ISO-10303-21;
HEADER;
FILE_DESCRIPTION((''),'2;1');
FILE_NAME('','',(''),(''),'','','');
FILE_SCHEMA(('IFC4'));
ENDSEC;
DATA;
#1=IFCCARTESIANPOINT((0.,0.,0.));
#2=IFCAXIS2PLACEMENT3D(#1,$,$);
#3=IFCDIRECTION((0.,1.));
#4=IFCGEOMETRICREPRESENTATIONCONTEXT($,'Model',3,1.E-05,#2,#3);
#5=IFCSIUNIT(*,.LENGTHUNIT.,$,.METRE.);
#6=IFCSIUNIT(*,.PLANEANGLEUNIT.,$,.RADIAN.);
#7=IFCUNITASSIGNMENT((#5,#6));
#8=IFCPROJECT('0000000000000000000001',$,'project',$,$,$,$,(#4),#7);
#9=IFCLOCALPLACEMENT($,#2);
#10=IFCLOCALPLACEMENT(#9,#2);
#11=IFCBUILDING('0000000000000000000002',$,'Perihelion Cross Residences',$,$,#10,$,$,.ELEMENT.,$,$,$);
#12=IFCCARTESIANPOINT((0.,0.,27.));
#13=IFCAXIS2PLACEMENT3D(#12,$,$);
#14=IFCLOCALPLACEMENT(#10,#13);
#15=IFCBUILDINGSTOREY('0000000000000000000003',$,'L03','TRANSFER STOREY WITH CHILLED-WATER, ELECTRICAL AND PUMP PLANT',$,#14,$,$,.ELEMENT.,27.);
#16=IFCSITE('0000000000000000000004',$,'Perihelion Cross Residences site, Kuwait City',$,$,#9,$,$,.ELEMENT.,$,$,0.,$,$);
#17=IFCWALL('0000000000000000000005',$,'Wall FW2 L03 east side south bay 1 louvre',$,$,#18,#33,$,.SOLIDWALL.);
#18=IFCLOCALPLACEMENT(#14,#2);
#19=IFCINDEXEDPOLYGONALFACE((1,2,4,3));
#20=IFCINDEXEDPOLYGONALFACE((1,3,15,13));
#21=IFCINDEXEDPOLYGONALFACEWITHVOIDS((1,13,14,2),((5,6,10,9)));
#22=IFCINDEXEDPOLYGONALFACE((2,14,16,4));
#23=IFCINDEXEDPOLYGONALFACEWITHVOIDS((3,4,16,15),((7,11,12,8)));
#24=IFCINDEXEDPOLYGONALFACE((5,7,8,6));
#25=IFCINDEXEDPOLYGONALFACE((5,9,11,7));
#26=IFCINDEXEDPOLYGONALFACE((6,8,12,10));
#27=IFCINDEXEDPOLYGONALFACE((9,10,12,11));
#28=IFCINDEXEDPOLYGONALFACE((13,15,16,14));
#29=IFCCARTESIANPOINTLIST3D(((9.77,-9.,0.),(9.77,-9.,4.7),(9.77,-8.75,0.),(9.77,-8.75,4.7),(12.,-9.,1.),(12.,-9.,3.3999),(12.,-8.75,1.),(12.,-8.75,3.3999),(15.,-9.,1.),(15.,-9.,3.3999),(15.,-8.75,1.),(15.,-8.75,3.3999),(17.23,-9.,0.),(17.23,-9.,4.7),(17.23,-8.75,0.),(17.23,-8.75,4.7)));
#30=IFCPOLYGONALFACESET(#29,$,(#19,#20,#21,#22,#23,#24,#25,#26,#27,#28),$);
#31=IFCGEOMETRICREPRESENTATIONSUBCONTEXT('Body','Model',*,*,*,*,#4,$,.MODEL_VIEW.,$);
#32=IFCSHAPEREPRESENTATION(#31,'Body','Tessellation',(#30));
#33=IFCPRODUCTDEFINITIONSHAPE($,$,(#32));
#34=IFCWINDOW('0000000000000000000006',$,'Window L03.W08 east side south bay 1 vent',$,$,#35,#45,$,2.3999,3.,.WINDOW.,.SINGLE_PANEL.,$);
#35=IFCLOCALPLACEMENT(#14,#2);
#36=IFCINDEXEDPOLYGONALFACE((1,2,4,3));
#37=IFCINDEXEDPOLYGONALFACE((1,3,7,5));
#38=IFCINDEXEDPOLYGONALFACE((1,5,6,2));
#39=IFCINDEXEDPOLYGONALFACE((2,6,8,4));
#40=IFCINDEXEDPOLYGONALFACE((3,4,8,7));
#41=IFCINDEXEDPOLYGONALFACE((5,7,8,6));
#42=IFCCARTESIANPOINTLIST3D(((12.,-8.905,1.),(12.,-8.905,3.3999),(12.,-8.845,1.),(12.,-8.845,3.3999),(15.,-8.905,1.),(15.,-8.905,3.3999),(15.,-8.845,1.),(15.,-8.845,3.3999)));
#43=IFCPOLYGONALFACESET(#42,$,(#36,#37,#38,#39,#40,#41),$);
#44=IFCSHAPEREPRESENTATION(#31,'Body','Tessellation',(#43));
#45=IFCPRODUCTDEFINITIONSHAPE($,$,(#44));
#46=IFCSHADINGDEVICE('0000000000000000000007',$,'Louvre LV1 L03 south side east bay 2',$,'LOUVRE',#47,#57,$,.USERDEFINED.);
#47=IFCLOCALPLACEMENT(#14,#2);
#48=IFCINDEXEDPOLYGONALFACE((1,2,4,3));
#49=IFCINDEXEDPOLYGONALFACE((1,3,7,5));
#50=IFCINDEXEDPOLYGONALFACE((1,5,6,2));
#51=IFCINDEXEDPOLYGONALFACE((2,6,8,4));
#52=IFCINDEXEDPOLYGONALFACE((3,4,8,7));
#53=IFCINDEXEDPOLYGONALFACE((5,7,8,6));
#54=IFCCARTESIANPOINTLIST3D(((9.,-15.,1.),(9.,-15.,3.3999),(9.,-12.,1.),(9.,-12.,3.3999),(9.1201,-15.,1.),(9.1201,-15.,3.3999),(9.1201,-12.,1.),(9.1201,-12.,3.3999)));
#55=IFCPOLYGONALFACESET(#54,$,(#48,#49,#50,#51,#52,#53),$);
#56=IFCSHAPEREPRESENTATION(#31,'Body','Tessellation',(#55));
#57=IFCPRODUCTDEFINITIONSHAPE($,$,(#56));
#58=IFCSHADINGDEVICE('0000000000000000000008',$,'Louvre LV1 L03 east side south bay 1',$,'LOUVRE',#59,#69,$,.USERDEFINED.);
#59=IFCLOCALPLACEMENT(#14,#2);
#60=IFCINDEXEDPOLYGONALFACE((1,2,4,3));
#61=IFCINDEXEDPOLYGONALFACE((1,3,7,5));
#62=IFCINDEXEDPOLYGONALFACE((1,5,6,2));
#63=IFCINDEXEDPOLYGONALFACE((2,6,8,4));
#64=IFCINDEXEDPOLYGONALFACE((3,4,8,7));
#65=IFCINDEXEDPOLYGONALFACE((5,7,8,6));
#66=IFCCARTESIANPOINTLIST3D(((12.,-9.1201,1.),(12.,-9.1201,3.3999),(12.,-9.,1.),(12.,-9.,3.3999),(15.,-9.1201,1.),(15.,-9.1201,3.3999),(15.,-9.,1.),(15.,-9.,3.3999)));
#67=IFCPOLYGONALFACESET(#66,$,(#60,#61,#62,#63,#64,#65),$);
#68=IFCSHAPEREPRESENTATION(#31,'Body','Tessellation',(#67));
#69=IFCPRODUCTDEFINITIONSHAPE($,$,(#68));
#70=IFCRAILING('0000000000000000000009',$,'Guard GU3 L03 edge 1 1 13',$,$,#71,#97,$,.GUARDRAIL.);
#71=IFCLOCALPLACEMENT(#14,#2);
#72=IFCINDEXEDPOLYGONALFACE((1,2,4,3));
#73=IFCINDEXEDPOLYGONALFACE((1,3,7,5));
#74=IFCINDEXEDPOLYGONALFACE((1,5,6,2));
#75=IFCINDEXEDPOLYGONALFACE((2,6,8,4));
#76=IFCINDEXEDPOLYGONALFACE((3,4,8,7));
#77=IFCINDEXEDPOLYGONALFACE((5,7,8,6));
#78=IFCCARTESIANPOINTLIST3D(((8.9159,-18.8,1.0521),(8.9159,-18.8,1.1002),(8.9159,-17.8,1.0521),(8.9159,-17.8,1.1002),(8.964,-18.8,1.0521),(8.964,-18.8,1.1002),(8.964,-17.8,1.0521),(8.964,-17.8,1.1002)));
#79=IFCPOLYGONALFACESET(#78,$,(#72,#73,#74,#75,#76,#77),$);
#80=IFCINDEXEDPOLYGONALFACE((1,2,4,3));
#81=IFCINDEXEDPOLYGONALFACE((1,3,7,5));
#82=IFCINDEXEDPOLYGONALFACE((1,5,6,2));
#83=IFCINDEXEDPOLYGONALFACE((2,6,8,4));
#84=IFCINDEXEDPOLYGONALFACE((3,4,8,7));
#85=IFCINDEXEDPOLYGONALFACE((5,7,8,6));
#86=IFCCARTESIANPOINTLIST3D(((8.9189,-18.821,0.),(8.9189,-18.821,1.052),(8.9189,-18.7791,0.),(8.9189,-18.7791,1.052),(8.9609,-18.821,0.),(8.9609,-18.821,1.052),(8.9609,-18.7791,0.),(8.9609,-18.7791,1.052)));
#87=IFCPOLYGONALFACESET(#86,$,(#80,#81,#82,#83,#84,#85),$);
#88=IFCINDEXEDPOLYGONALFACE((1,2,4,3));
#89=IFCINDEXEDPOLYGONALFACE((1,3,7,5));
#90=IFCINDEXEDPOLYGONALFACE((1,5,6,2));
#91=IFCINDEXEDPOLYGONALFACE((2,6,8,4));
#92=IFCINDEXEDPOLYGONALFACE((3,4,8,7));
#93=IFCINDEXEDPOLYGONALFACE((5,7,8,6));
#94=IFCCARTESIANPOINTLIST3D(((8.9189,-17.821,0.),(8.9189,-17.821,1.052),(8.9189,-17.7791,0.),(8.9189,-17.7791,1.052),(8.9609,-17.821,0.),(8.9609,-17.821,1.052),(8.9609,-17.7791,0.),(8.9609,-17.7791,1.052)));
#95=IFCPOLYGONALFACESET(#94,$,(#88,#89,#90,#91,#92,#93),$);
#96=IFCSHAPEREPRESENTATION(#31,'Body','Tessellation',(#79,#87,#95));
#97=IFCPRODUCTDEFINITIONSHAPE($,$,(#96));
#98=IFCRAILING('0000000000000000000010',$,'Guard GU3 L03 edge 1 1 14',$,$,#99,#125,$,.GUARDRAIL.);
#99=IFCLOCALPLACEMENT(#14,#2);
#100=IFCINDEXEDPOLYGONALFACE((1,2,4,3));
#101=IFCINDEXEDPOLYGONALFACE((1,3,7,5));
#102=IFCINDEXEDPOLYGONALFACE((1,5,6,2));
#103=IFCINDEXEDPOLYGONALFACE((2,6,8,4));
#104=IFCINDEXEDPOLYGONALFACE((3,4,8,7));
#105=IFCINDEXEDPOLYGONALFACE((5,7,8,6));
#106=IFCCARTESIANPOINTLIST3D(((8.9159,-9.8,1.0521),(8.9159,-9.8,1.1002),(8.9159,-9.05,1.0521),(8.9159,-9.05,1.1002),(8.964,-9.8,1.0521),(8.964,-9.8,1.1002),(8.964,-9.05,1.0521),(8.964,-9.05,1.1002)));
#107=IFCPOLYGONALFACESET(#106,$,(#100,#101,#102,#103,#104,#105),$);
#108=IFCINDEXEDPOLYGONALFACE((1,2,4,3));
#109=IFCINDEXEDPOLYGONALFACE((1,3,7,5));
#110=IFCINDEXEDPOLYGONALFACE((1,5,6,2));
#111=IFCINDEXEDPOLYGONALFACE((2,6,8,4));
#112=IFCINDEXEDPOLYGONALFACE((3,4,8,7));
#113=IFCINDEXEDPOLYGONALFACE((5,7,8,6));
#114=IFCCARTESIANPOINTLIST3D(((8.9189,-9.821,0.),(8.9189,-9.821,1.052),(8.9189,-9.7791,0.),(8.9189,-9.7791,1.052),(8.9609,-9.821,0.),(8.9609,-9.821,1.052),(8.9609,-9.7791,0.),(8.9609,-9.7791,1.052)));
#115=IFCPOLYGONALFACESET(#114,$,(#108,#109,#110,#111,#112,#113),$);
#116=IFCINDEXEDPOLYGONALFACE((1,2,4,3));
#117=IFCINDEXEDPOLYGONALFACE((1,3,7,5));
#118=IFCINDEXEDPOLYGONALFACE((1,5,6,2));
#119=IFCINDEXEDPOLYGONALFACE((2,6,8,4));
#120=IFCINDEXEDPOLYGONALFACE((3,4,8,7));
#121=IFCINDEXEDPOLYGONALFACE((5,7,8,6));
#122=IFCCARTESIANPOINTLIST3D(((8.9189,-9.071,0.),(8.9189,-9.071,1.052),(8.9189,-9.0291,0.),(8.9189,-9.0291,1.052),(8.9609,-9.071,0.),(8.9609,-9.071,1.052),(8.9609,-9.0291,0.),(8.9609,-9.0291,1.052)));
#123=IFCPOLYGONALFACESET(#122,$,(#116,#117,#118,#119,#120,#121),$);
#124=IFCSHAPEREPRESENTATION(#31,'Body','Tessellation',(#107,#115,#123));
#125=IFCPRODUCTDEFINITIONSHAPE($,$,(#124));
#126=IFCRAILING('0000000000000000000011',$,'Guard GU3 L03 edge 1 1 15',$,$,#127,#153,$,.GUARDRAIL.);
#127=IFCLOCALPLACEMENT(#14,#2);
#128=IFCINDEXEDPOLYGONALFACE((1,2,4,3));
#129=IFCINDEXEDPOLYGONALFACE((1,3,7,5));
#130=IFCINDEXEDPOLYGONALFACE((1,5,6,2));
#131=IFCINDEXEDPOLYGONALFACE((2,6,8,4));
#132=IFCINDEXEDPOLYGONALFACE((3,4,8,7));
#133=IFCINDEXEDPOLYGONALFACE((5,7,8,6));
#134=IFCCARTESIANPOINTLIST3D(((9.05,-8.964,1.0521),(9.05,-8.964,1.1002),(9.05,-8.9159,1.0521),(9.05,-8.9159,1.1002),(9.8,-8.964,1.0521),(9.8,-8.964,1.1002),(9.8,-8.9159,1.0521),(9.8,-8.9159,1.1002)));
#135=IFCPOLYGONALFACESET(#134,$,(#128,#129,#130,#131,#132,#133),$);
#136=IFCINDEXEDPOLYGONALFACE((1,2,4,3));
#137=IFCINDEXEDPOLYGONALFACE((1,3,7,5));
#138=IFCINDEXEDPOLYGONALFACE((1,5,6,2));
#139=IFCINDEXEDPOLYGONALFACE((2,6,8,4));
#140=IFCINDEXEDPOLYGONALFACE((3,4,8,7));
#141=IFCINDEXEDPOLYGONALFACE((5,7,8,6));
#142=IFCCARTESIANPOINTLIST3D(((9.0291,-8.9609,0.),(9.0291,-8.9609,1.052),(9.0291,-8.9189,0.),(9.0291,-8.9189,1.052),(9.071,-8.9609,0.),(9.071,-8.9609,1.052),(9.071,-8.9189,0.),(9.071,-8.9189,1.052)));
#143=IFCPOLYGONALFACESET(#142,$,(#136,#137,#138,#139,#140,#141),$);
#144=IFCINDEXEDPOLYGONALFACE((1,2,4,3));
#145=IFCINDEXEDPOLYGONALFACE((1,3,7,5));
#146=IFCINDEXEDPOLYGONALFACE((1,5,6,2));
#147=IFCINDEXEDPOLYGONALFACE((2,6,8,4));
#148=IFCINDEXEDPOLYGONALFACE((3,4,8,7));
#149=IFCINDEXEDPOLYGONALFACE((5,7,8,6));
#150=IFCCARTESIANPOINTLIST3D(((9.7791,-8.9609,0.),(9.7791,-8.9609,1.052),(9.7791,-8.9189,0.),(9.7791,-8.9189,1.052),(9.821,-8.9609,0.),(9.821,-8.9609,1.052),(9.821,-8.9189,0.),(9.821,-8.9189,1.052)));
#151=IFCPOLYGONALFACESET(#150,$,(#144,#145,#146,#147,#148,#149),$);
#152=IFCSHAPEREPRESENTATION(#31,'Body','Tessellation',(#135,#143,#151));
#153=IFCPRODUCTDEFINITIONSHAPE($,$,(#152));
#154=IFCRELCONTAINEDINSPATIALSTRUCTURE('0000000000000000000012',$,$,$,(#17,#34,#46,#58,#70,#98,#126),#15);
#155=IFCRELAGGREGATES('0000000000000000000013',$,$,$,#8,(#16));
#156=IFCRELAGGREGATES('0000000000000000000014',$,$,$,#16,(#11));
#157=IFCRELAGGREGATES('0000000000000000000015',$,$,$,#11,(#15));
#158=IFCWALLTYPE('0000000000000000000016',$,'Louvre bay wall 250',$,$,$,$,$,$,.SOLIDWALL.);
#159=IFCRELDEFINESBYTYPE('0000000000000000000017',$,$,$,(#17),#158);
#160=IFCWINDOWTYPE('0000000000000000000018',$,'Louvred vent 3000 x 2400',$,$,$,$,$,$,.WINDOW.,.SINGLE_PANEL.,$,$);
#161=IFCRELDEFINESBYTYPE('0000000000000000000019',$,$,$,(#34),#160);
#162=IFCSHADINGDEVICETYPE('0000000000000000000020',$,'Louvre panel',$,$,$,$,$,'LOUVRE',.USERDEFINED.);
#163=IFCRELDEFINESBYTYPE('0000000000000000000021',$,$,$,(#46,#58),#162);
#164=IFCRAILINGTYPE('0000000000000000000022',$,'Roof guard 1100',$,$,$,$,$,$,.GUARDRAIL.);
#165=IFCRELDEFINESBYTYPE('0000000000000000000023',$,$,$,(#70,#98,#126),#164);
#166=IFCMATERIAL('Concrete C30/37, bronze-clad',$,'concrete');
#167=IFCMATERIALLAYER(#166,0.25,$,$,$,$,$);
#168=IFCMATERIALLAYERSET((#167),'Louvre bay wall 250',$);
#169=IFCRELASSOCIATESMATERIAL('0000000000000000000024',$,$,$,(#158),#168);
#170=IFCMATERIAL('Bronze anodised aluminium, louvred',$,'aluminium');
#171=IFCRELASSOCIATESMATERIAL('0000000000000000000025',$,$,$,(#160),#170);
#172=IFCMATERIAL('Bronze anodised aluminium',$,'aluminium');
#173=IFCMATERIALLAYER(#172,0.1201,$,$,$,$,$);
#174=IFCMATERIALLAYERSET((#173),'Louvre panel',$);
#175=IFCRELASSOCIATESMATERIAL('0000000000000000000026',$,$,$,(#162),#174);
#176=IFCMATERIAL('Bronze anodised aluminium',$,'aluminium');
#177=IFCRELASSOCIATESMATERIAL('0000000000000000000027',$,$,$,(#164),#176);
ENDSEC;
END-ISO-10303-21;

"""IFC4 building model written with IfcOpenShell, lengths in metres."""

from ifc_helpers import new_model, si_unit, direction, frame, frame_2d, origin, origin_2d, place, context, subcontext, project, spatial, rectangle, extrude, material, layer, layer_set, type_object, element, fill, save


model = new_model("IFC4")

# Units and contexts
model_context = context("Model", 3, precision=1e-05, world=origin(), true_north=direction((0.0, 1.0)))
body_context = subcontext(model_context, "Body", "Model", "MODEL_VIEW")
ifc_project = project(units=[si_unit("LENGTHUNIT", "METRE"), si_unit("PLANEANGLEUNIT", "RADIAN")], contexts=[model_context])

# Site, building, storey
site_placement = place(None, origin())
site = spatial("IfcSite", under=ifc_project, at=site_placement, Name="Perihelion Cross Residences site, Kuwait City", CompositionType="ELEMENT", RefElevation=0.0)
building_placement = place(site_placement, origin())
building = spatial("IfcBuilding", under=site, at=building_placement, Name="Perihelion Cross Residences", CompositionType="ELEMENT")
storey_placement = place(building_placement, frame((0.0, 0.0, 27.0)))
storey = spatial("IfcBuildingStorey", under=building, at=storey_placement, Name="L03", Description="TRANSFER STOREY WITH CHILLED-WATER, ELECTRICAL AND PUMP PLANT", CompositionType="ELEMENT", Elevation=27.0)

# Wall, opening, window
ifc_material_1 = material(Name="Concrete C30/37, bronze-clad", Category="concrete")
ifc_layer_1 = layer(ifc_material_1, 0.25)
ifc_layer_set_1 = layer_set([ifc_layer_1], Name="Louvre bay wall 250")
wall_type_1 = type_object("IfcWallType", Name="Louvre bay wall 250", PredefinedType="SOLIDWALL", material=ifc_layer_set_1)
ifc_material_2 = material(Name="Bronze anodised aluminium, louvred", Category="aluminium")
window_type = type_object("IfcWindowType", Name="Louvred vent 3000 x 2400", PartitioningType="SINGLE_PANEL", PredefinedType="WINDOW", material=ifc_material_2)
wall_1_placement = place(storey_placement, frame((9.77, -8.875, 0.0), z_axis=(0.0, 0.0, 1.0), x_axis=(1.0, 0.0, 0.0)))
wall_1 = element("IfcWall", 1, at=wall_1_placement, inside=storey, type_object=wall_type_1, Name="Wall FW2 L03 east side south bay 1 louvre", PredefinedType="SOLIDWALL", context=body_context, shape_type="SweptSolid", body=[
    extrude(rectangle(XDim=7.46, YDim=0.25, at=frame_2d((3.73, 0.0))), origin(), (0.0, 0.0, 1.0), 4.7),
])
opening_1_placement = place(wall_1_placement, frame((2.23, 0.0, 1.0)))
opening_1 = element("IfcOpeningElement", 2, at=opening_1_placement, cuts=wall_1, PredefinedType="OPENING", context=body_context, shape_type="SweptSolid", body=[
    extrude(rectangle(XDim=3.0, YDim=2.3999, at=frame_2d((1.5, 1.2))), frame((0.0, 0.135, 0.0), z_axis=(0.0, -1.0, 0.0), x_axis=(1.0, 0.0, 0.0)), (0.0, 0.0, 1.0), 0.27),
])
window_1_placement = place(opening_1_placement, origin())
window_1 = element("IfcWindow", 3, at=window_1_placement, inside=storey, type_object=window_type, Name="Window L03.W08 east side south bay 1 vent", OverallHeight=2.3999, OverallWidth=3.0, PartitioningType="SINGLE_PANEL", PredefinedType="WINDOW", context=body_context, shape_type="SweptSolid", body=[
    extrude(rectangle(XDim=3.0, YDim=2.3999, at=frame_2d((1.5, 1.2))), frame((0.0, 0.03, 0.0), z_axis=(0.0, -1.0, 0.0), x_axis=(1.0, 0.0, 0.0)), (0.0, 0.0, 1.0), 0.0601),
])
fill(opening_1, window_1)

# Shading devices
ifc_material_3 = material(Name="Bronze anodised aluminium", Category="aluminium")
ifc_layer_2 = layer(ifc_material_3, 0.1201)
ifc_layer_set_2 = layer_set([ifc_layer_2], Name="Louvre panel")
shading_device_type = type_object("IfcShadingDeviceType", Name="Louvre panel", ElementType="LOUVRE", PredefinedType="USERDEFINED", material=ifc_layer_set_2)
for number, where, z_axis, x_axis, name in (
    (4, (9.0601, -13.5, 1.0), (0.0, 0.0, 1.0), (0.0, 1.0, 0.0), "Louvre LV1 L03 south side east bay 2"),
    (5, (13.5, -9.0601, 1.0), (0.0, 0.0, 1.0), (1.0, 0.0, 0.0), "Louvre LV1 L03 east side south bay 1"),
):
    element("IfcShadingDevice", number, at=place(storey_placement, frame(where, z_axis=z_axis, x_axis=x_axis)), inside=storey, type_object=shading_device_type, Name=name, ObjectType="LOUVRE", PredefinedType="USERDEFINED", context=body_context, shape_type="SweptSolid", body=[
        extrude(rectangle(XDim=3.0, YDim=0.1201, at=origin_2d()), origin(), (0.0, 0.0, 1.0), 2.3999),
    ])

# Railings
ifc_material_4 = material(Name="Bronze anodised aluminium", Category="aluminium")
railing_type = type_object("IfcRailingType", Name="Roof guard 1100", PredefinedType="GUARDRAIL", material=ifc_material_4)
railing_1_placement = place(storey_placement, frame((8.9399, -18.8, 0.0)))
element("IfcRailing", 6, at=railing_1_placement, inside=storey, type_object=railing_type, Name="Guard GU3 L03 edge 1 1 13", PredefinedType="GUARDRAIL", context=body_context, shape_type="SweptSolid", body=[
    extrude(rectangle(XDim=0.0481, YDim=0.0481, at=origin_2d()), frame((0.0, 0.0, 1.0762), z_axis=(0.0, 1.0, 0.0), x_axis=(-1.0, 0.0, 0.0)), (0.0, 0.0, 1.0), 1.0),
    extrude(rectangle(XDim=0.042, YDim=0.042, at=origin_2d()), origin(), (0.0, 0.0, 1.0), 1.052),
    extrude(rectangle(XDim=0.042, YDim=0.042, at=origin_2d()), frame((0.0, 1.0, 0.0)), (0.0, 0.0, 1.0), 1.052),
])
railing_2_placement = place(storey_placement, frame((8.9399, -9.8, 0.0)))
element("IfcRailing", 7, at=railing_2_placement, inside=storey, type_object=railing_type, Name="Guard GU3 L03 edge 1 1 14", PredefinedType="GUARDRAIL", context=body_context, shape_type="SweptSolid", body=[
    extrude(rectangle(XDim=0.0481, YDim=0.0481, at=origin_2d()), frame((0.0, 0.0, 1.0762), z_axis=(0.0, 1.0, 0.0), x_axis=(-1.0, 0.0, 0.0)), (0.0, 0.0, 1.0), 0.75),
    extrude(rectangle(XDim=0.042, YDim=0.042, at=origin_2d()), origin(), (0.0, 0.0, 1.0), 1.052),
    extrude(rectangle(XDim=0.042, YDim=0.042, at=origin_2d()), frame((0.0, 0.75, 0.0)), (0.0, 0.0, 1.0), 1.052),
])
railing_3_placement = place(storey_placement, frame((9.05, -8.9399, 0.0)))
element("IfcRailing", 8, at=railing_3_placement, inside=storey, type_object=railing_type, Name="Guard GU3 L03 edge 1 1 15", PredefinedType="GUARDRAIL", context=body_context, shape_type="SweptSolid", body=[
    extrude(rectangle(XDim=0.0481, YDim=0.0481, at=origin_2d()), frame((0.0, 0.0, 1.0762), z_axis=(1.0, 0.0, 0.0), x_axis=(0.0, 1.0, 0.0)), (0.0, 0.0, 1.0), 0.75),
    extrude(rectangle(XDim=0.042, YDim=0.042, at=origin_2d()), origin(), (0.0, 0.0, 1.0), 1.052),
    extrude(rectangle(XDim=0.042, YDim=0.042, at=origin_2d()), frame((0.75, 0.0, 0.0)), (0.0, 0.0, 1.0), 1.052),
])

save(model, "model.ifc")
